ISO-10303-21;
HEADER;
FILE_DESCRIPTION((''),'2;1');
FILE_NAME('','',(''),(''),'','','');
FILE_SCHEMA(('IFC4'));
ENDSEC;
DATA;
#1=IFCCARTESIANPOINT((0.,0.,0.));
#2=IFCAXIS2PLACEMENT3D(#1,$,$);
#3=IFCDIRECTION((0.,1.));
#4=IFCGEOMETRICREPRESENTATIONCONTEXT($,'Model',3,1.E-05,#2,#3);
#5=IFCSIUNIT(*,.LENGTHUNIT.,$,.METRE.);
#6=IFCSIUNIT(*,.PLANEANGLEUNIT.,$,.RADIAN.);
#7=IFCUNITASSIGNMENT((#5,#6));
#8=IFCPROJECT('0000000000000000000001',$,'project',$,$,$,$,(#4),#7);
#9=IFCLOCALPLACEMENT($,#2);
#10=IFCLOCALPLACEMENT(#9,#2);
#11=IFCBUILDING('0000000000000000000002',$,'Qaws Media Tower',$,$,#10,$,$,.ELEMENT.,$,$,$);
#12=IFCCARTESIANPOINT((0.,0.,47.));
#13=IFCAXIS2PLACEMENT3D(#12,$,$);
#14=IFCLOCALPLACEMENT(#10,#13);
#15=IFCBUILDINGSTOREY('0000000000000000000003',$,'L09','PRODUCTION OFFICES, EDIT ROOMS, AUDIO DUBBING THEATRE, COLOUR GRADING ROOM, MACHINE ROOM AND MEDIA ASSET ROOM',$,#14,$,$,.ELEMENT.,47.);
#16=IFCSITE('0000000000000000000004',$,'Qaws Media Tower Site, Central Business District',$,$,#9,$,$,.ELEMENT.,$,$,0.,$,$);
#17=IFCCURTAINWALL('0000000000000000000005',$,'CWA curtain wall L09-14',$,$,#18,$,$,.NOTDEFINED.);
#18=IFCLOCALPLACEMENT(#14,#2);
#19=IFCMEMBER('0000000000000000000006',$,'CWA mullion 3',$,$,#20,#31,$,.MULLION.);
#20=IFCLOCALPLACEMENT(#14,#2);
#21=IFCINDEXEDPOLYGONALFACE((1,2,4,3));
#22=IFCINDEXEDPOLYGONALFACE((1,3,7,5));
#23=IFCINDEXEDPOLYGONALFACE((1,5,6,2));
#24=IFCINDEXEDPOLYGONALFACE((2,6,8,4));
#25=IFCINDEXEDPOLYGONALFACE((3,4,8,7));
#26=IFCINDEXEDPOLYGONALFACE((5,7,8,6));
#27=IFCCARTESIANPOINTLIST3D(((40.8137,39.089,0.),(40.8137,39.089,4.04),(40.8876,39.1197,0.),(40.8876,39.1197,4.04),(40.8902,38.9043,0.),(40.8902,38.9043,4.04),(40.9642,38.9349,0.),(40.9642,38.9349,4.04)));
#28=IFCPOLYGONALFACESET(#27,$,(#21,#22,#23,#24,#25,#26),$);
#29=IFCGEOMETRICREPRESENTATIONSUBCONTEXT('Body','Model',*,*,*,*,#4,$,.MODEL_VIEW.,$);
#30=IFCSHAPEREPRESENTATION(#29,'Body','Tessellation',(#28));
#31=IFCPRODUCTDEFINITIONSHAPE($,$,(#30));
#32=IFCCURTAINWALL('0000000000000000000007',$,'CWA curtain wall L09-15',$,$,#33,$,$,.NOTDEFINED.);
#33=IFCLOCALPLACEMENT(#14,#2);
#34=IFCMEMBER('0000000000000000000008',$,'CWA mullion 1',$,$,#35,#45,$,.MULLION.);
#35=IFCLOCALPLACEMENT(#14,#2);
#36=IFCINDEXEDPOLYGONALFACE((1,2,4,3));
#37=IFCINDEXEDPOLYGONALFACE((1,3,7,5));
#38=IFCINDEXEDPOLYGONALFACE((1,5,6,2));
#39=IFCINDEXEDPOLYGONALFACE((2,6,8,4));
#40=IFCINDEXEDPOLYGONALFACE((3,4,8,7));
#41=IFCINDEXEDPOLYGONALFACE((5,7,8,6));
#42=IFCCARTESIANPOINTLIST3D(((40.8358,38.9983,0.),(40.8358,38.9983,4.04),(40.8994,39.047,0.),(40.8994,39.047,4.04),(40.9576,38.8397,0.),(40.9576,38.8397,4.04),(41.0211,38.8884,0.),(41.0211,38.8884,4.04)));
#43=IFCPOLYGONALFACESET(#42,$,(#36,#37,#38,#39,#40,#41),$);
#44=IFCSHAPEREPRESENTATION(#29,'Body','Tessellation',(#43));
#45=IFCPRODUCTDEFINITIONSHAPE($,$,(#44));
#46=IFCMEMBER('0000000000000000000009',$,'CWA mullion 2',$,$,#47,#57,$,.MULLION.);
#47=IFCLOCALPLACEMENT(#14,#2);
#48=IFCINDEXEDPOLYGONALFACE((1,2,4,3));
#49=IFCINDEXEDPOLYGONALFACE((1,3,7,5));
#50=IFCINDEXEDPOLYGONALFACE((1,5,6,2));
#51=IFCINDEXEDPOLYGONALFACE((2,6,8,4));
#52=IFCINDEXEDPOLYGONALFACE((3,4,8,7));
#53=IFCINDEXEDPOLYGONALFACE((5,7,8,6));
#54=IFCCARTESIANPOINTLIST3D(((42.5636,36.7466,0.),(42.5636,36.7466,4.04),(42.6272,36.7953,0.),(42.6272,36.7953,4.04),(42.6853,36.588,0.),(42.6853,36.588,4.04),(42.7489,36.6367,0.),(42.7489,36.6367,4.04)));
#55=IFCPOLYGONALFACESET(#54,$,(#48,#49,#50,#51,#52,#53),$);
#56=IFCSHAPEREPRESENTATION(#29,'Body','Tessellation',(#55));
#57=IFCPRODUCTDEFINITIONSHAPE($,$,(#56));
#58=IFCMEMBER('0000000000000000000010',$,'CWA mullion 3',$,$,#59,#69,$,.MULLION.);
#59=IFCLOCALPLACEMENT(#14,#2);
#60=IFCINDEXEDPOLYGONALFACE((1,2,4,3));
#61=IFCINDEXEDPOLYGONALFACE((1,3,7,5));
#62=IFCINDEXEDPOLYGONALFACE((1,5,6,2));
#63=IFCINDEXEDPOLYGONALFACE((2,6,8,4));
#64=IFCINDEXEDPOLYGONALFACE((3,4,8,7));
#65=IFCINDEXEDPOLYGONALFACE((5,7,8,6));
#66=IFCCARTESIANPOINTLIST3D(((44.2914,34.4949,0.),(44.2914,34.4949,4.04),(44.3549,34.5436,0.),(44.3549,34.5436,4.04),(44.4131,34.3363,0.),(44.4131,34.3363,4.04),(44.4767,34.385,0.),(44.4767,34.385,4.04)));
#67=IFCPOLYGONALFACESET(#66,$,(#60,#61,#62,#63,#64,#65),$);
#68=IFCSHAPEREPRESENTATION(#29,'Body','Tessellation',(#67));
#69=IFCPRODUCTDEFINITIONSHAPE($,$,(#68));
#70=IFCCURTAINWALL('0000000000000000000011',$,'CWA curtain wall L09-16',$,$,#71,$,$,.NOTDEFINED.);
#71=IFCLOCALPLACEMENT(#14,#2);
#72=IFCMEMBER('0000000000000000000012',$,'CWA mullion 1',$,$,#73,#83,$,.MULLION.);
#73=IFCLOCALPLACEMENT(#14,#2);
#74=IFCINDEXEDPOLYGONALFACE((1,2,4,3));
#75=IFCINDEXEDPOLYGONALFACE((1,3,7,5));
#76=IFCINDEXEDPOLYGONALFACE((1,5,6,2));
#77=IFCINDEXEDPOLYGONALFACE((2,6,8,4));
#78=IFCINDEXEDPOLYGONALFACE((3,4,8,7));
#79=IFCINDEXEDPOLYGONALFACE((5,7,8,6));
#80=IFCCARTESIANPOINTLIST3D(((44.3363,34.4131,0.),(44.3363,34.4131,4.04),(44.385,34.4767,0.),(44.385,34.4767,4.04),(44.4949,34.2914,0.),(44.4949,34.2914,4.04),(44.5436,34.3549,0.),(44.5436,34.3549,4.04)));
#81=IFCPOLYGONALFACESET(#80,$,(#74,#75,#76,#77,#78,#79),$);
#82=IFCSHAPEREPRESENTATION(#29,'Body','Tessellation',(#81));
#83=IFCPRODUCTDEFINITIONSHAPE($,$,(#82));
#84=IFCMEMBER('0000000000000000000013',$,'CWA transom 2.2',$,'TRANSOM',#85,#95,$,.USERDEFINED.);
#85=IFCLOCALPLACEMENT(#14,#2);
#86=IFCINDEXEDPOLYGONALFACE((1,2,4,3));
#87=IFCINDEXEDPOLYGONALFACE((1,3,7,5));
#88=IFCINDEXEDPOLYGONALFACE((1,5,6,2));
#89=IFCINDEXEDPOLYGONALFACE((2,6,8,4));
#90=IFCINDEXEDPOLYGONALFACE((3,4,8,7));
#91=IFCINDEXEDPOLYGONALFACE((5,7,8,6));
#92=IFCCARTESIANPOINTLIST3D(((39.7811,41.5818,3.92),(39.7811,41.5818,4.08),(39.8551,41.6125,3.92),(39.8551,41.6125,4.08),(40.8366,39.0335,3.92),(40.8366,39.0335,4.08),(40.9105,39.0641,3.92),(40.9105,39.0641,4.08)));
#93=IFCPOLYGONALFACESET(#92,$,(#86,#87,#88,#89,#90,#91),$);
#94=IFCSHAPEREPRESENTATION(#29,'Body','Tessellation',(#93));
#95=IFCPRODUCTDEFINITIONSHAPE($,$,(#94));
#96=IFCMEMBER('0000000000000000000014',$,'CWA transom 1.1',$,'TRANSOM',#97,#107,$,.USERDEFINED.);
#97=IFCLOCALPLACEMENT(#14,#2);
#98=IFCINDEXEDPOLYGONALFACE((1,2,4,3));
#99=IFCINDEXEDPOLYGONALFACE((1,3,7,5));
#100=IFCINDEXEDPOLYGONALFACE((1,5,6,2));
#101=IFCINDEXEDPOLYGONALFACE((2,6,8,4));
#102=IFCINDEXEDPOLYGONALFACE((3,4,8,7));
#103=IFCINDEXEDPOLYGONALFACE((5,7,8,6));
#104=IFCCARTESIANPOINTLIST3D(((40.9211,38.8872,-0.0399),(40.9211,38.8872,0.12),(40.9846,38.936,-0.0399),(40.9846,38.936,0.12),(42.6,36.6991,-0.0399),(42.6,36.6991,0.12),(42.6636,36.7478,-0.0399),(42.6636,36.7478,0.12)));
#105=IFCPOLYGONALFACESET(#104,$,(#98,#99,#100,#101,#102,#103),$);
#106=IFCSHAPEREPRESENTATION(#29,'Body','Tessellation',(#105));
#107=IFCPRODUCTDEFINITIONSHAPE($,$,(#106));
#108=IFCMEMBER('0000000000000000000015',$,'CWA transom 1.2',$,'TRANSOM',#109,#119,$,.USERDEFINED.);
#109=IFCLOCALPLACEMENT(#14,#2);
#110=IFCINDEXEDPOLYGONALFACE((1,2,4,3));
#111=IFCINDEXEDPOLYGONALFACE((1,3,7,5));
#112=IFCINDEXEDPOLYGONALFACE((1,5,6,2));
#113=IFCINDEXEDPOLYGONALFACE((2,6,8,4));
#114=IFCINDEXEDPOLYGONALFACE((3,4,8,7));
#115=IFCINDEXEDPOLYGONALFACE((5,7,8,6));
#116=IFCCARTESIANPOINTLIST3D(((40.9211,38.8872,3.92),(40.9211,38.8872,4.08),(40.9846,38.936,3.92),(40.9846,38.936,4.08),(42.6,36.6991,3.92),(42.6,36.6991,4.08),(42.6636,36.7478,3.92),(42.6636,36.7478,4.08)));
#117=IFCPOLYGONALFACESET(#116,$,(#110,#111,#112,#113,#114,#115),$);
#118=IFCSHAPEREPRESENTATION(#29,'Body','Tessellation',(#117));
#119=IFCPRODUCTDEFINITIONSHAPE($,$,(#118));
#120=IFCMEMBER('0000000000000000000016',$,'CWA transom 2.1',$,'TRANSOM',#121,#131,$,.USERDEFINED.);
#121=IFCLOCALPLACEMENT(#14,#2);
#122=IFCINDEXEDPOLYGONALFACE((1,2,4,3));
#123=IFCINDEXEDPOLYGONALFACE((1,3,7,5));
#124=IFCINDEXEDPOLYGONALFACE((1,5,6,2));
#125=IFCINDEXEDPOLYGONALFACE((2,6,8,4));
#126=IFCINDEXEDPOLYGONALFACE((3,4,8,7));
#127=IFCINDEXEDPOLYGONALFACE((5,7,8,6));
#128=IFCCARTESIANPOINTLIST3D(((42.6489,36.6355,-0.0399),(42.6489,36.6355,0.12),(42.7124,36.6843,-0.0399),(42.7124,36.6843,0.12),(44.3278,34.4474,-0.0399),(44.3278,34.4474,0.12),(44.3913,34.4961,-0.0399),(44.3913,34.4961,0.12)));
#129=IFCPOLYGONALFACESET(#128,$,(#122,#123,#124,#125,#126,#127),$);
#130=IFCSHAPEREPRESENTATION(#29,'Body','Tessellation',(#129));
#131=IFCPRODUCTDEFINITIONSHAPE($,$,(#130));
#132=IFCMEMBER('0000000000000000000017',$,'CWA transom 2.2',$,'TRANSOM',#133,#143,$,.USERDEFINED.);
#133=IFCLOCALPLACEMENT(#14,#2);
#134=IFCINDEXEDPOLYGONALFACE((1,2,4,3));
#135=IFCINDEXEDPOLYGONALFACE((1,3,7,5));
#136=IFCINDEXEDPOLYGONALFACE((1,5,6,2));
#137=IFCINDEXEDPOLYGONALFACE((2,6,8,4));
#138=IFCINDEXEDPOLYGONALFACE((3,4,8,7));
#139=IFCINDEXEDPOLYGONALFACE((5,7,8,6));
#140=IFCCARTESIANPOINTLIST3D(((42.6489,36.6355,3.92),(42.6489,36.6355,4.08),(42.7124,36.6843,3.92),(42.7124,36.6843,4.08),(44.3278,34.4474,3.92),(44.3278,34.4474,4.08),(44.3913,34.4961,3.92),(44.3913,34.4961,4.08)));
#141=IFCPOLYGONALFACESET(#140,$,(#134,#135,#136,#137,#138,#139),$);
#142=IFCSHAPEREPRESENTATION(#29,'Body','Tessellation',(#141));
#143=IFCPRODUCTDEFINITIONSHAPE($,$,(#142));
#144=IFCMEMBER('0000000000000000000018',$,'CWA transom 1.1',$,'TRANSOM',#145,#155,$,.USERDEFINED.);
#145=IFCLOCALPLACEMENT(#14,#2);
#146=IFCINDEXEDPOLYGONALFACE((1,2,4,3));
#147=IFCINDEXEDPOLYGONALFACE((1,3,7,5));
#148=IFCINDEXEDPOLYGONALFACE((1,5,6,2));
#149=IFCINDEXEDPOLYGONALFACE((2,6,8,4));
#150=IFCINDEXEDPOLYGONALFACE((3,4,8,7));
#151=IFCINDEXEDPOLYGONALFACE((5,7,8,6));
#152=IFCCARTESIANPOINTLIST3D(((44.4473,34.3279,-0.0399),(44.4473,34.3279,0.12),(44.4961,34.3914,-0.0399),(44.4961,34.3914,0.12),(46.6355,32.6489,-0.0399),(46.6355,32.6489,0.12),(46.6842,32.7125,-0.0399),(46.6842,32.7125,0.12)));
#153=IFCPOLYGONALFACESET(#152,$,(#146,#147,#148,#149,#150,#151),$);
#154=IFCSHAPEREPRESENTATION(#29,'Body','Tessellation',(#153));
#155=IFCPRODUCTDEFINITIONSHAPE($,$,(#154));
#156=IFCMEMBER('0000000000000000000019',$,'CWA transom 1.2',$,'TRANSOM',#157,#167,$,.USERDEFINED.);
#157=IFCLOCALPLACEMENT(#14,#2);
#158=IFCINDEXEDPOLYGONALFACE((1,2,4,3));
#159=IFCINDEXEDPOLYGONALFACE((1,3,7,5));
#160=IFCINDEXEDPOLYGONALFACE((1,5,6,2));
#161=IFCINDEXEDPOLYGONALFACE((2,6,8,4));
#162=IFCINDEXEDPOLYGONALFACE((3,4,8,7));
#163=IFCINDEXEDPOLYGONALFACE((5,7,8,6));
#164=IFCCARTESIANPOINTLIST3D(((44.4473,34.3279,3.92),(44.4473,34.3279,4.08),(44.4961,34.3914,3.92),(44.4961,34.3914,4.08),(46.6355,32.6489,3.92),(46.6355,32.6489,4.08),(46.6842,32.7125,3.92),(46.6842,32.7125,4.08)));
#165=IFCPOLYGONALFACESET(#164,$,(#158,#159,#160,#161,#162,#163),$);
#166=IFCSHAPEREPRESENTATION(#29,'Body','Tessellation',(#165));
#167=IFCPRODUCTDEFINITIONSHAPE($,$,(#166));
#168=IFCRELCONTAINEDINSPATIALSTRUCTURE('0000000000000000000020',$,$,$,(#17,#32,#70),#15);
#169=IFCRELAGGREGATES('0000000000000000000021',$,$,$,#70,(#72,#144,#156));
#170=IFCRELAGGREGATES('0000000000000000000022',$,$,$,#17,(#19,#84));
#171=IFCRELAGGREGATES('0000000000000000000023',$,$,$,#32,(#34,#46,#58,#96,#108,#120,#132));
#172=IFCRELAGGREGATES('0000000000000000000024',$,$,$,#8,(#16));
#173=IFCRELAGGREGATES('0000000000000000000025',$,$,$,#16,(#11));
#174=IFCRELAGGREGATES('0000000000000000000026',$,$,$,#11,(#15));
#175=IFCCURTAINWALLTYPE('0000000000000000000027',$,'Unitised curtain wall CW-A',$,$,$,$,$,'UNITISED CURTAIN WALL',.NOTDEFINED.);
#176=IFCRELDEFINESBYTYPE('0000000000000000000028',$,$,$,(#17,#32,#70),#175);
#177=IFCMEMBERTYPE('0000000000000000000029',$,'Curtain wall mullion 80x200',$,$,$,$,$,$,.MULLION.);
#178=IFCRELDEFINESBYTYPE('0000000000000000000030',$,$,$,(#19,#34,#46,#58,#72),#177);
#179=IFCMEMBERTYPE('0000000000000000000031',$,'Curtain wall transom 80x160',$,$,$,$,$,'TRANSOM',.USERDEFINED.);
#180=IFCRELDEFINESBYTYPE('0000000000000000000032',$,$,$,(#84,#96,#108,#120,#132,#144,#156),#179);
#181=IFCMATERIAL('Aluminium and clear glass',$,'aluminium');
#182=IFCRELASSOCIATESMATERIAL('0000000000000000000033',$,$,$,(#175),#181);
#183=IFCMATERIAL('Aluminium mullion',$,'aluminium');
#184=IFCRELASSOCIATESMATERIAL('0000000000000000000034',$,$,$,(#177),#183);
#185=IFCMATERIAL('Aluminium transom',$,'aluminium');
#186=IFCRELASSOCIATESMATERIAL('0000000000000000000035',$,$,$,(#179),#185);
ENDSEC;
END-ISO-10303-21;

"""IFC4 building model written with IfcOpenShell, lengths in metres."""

from ifc_helpers import new_model, si_unit, direction, frame, origin, origin_2d, place, context, subcontext, project, spatial, rectangle, extrude, material, material_profile, profile_set, type_object, element, aggregate, save


model = new_model("IFC4")

# Units and contexts
model_context = context("Model", 3, precision=1e-05, world=origin(), true_north=direction((0.0, 1.0)))
body_context = subcontext(model_context, "Body", "Model", "MODEL_VIEW")
ifc_project = project(units=[si_unit("LENGTHUNIT", "METRE"), si_unit("PLANEANGLEUNIT", "RADIAN")], contexts=[model_context])

# Site, building, storey
site_placement = place(None, origin())
site = spatial("IfcSite", under=ifc_project, at=site_placement, Name="Qaws Media Tower Site, Central Business District", CompositionType="ELEMENT", RefElevation=0.0)
building_placement = place(site_placement, origin())
building = spatial("IfcBuilding", under=site, at=building_placement, Name="Qaws Media Tower", CompositionType="ELEMENT")
storey_placement = place(building_placement, frame((0.0, 0.0, 47.0)))
storey = spatial("IfcBuildingStorey", under=building, at=storey_placement, Name="L09", Description="PRODUCTION OFFICES, EDIT ROOMS, AUDIO DUBBING THEATRE, COLOUR GRADING ROOM, MACHINE ROOM AND MEDIA ASSET ROOM", CompositionType="ELEMENT", Elevation=47.0)

# Curtain wall, member
ifc_material_1 = material(Name="Aluminium and clear glass", Category="aluminium")
curtain_wall_type = type_object("IfcCurtainWallType", Name="Unitised curtain wall CW-A", ElementType="UNITISED CURTAIN WALL", PredefinedType="NOTDEFINED", material=ifc_material_1)
curtain_wall_1_placement = place(storey_placement, origin())
curtain_wall_1 = element("IfcCurtainWall", 1, at=curtain_wall_1_placement, inside=storey, type_object=curtain_wall_type, Name="CWA curtain wall L09-14", PredefinedType="NOTDEFINED")
ifc_material_2 = material(Name="Aluminium mullion", Category="aluminium")
ifc_material_profile_1 = material_profile(ifc_material_2, rectangle(XDim=0.0801, YDim=0.2, at=origin_2d()), Name="80x200")
ifc_profile_set_1 = profile_set([ifc_material_profile_1], Name="Aluminium mullion")
member_type_1 = type_object("IfcMemberType", Name="Curtain wall mullion 80x200", PredefinedType="MULLION", material=ifc_profile_set_1)
member_1_placement = place(storey_placement, frame((40.8889, 39.012, 0.0), z_axis=(0.0, 0.0, 1.0), x_axis=(0.92388, 0.382683, 0.0)))
member_1 = element("IfcMember", 2, at=member_1_placement, type_object=member_type_1, Name="CWA mullion 3", PredefinedType="MULLION", context=body_context, shape_type="SweptSolid", body=[
    extrude(rectangle(XDim=0.0801, YDim=0.2, at=origin_2d()), origin(), (0.0, 0.0, 1.0), 4.04),
])

# Curtain wall, members
curtain_wall_2_placement = place(storey_placement, origin())
curtain_wall_2 = element("IfcCurtainWall", 3, at=curtain_wall_2_placement, inside=storey, type_object=curtain_wall_type, Name="CWA curtain wall L09-15", PredefinedType="NOTDEFINED")
member_2_placement = place(storey_placement, frame((40.9285, 38.9434, 0.0), z_axis=(0.0, 0.0, 1.0), x_axis=(0.793353, 0.608761, 0.0)))
member_2 = element("IfcMember", 4, at=member_2_placement, type_object=member_type_1, Name="CWA mullion 1", PredefinedType="MULLION", context=body_context, shape_type="SweptSolid", body=[
    extrude(rectangle(XDim=0.0801, YDim=0.2, at=origin_2d()), origin(), (0.0, 0.0, 1.0), 4.04),
])
member_3_placement = place(storey_placement, frame((42.6562, 36.6917, 0.0), z_axis=(0.0, 0.0, 1.0), x_axis=(0.793353, 0.608761, 0.0)))
member_3 = element("IfcMember", 5, at=member_3_placement, type_object=member_type_1, Name="CWA mullion 2", PredefinedType="MULLION", context=body_context, shape_type="SweptSolid", body=[
    extrude(rectangle(XDim=0.0801, YDim=0.2, at=origin_2d()), origin(), (0.0, 0.0, 1.0), 4.04),
])
member_4_placement = place(storey_placement, frame((44.384, 34.4399, 0.0), z_axis=(0.0, 0.0, 1.0), x_axis=(0.793353, 0.608761, 0.0)))
member_4 = element("IfcMember", 6, at=member_4_placement, type_object=member_type_1, Name="CWA mullion 3", PredefinedType="MULLION", context=body_context, shape_type="SweptSolid", body=[
    extrude(rectangle(XDim=0.0801, YDim=0.2, at=origin_2d()), origin(), (0.0, 0.0, 1.0), 4.04),
])

# Curtain wall, member
curtain_wall_3_placement = place(storey_placement, origin())
curtain_wall_3 = element("IfcCurtainWall", 7, at=curtain_wall_3_placement, inside=storey, type_object=curtain_wall_type, Name="CWA curtain wall L09-16", PredefinedType="NOTDEFINED")
member_5_placement = place(storey_placement, frame((44.4399, 34.384, 0.0), z_axis=(0.0, 0.0, 1.0), x_axis=(0.608761, 0.793353, 0.0)))
member_5 = element("IfcMember", 8, at=member_5_placement, type_object=member_type_1, Name="CWA mullion 1", PredefinedType="MULLION", context=body_context, shape_type="SweptSolid", body=[
    extrude(rectangle(XDim=0.0801, YDim=0.2, at=origin_2d()), origin(), (0.0, 0.0, 1.0), 4.04),
])

# Members
ifc_material_3 = material(Name="Aluminium transom", Category="aluminium")
ifc_material_profile_2 = material_profile(ifc_material_3, rectangle(XDim=0.0801, YDim=0.1599, at=origin_2d()), Name="80x160")
ifc_profile_set_2 = profile_set([ifc_material_profile_2], Name="Aluminium transom")
member_type_2 = type_object("IfcMemberType", Name="Curtain wall transom 80x160", ElementType="TRANSOM", PredefinedType="USERDEFINED", material=ifc_profile_set_2)
member_6_placement = place(storey_placement, frame((39.8181, 41.5972, 4.0), z_axis=(0.382641, -0.923897, 0.0), x_axis=(0.923897, 0.382641, 0.0)))
member_6 = element("IfcMember", 9, at=member_6_placement, type_object=member_type_2, Name="CWA transom 2.2", ObjectType="TRANSOM", PredefinedType="USERDEFINED", context=body_context, shape_type="SweptSolid", body=[
    extrude(rectangle(XDim=0.0801, YDim=0.1599, at=origin_2d()), origin(), (0.0, 0.0, 1.0), 2.7583),
])
member_7_placement = place(storey_placement, frame((40.9529, 38.9116, 0.04), z_axis=(0.608731, -0.793377, 0.0), x_axis=(0.793377, 0.608731, 0.0)))
member_7 = element("IfcMember", 10, at=member_7_placement, type_object=member_type_2, Name="CWA transom 1.1", ObjectType="TRANSOM", PredefinedType="USERDEFINED", context=body_context, shape_type="SweptSolid", body=[
    extrude(rectangle(XDim=0.0801, YDim=0.1599, at=origin_2d()), origin(), (0.0, 0.0, 1.0), 2.7581),
])
member_8_placement = place(storey_placement, frame((40.9529, 38.9116, 4.0), z_axis=(0.608731, -0.793377, 0.0), x_axis=(0.793377, 0.608731, 0.0)))
member_8 = element("IfcMember", 11, at=member_8_placement, type_object=member_type_2, Name="CWA transom 1.2", ObjectType="TRANSOM", PredefinedType="USERDEFINED", context=body_context, shape_type="SweptSolid", body=[
    extrude(rectangle(XDim=0.0801, YDim=0.1599, at=origin_2d()), origin(), (0.0, 0.0, 1.0), 2.7581),
])
member_9_placement = place(storey_placement, frame((42.6807, 36.6599, 0.04), z_axis=(0.608731, -0.793377, 0.0), x_axis=(0.793377, 0.608731, 0.0)))
member_9 = element("IfcMember", 12, at=member_9_placement, type_object=member_type_2, Name="CWA transom 2.1", ObjectType="TRANSOM", PredefinedType="USERDEFINED", context=body_context, shape_type="SweptSolid", body=[
    extrude(rectangle(XDim=0.0801, YDim=0.1599, at=origin_2d()), origin(), (0.0, 0.0, 1.0), 2.7581),
])
member_10_placement = place(storey_placement, frame((42.6807, 36.6599, 4.0), z_axis=(0.608731, -0.793377, 0.0), x_axis=(0.793377, 0.608731, 0.0)))
member_10 = element("IfcMember", 13, at=member_10_placement, type_object=member_type_2, Name="CWA transom 2.2", ObjectType="TRANSOM", PredefinedType="USERDEFINED", context=body_context, shape_type="SweptSolid", body=[
    extrude(rectangle(XDim=0.0801, YDim=0.1599, at=origin_2d()), origin(), (0.0, 0.0, 1.0), 2.7581),
])
member_11_placement = place(storey_placement, frame((44.4717, 34.3596, 0.04), z_axis=(0.793377, -0.608731, 0.0), x_axis=(0.608731, 0.793377, 0.0)))
member_11 = element("IfcMember", 14, at=member_11_placement, type_object=member_type_2, Name="CWA transom 1.1", ObjectType="TRANSOM", PredefinedType="USERDEFINED", context=body_context, shape_type="SweptSolid", body=[
    extrude(rectangle(XDim=0.0801, YDim=0.1599, at=origin_2d()), origin(), (0.0, 0.0, 1.0), 2.7581),
])
member_12_placement = place(storey_placement, frame((44.4717, 34.3596, 4.0), z_axis=(0.793377, -0.608731, 0.0), x_axis=(0.608731, 0.793377, 0.0)))
member_12 = element("IfcMember", 15, at=member_12_placement, type_object=member_type_2, Name="CWA transom 1.2", ObjectType="TRANSOM", PredefinedType="USERDEFINED", context=body_context, shape_type="SweptSolid", body=[
    extrude(rectangle(XDim=0.0801, YDim=0.1599, at=origin_2d()), origin(), (0.0, 0.0, 1.0), 2.7581),
])
aggregate(curtain_wall_3, [member_5, member_11, member_12])

aggregate(curtain_wall_1, [member_1, member_6])
aggregate(curtain_wall_2, [member_2, member_3, member_4, member_7, member_8, member_9, member_10])

save(model, "model.ifc")
